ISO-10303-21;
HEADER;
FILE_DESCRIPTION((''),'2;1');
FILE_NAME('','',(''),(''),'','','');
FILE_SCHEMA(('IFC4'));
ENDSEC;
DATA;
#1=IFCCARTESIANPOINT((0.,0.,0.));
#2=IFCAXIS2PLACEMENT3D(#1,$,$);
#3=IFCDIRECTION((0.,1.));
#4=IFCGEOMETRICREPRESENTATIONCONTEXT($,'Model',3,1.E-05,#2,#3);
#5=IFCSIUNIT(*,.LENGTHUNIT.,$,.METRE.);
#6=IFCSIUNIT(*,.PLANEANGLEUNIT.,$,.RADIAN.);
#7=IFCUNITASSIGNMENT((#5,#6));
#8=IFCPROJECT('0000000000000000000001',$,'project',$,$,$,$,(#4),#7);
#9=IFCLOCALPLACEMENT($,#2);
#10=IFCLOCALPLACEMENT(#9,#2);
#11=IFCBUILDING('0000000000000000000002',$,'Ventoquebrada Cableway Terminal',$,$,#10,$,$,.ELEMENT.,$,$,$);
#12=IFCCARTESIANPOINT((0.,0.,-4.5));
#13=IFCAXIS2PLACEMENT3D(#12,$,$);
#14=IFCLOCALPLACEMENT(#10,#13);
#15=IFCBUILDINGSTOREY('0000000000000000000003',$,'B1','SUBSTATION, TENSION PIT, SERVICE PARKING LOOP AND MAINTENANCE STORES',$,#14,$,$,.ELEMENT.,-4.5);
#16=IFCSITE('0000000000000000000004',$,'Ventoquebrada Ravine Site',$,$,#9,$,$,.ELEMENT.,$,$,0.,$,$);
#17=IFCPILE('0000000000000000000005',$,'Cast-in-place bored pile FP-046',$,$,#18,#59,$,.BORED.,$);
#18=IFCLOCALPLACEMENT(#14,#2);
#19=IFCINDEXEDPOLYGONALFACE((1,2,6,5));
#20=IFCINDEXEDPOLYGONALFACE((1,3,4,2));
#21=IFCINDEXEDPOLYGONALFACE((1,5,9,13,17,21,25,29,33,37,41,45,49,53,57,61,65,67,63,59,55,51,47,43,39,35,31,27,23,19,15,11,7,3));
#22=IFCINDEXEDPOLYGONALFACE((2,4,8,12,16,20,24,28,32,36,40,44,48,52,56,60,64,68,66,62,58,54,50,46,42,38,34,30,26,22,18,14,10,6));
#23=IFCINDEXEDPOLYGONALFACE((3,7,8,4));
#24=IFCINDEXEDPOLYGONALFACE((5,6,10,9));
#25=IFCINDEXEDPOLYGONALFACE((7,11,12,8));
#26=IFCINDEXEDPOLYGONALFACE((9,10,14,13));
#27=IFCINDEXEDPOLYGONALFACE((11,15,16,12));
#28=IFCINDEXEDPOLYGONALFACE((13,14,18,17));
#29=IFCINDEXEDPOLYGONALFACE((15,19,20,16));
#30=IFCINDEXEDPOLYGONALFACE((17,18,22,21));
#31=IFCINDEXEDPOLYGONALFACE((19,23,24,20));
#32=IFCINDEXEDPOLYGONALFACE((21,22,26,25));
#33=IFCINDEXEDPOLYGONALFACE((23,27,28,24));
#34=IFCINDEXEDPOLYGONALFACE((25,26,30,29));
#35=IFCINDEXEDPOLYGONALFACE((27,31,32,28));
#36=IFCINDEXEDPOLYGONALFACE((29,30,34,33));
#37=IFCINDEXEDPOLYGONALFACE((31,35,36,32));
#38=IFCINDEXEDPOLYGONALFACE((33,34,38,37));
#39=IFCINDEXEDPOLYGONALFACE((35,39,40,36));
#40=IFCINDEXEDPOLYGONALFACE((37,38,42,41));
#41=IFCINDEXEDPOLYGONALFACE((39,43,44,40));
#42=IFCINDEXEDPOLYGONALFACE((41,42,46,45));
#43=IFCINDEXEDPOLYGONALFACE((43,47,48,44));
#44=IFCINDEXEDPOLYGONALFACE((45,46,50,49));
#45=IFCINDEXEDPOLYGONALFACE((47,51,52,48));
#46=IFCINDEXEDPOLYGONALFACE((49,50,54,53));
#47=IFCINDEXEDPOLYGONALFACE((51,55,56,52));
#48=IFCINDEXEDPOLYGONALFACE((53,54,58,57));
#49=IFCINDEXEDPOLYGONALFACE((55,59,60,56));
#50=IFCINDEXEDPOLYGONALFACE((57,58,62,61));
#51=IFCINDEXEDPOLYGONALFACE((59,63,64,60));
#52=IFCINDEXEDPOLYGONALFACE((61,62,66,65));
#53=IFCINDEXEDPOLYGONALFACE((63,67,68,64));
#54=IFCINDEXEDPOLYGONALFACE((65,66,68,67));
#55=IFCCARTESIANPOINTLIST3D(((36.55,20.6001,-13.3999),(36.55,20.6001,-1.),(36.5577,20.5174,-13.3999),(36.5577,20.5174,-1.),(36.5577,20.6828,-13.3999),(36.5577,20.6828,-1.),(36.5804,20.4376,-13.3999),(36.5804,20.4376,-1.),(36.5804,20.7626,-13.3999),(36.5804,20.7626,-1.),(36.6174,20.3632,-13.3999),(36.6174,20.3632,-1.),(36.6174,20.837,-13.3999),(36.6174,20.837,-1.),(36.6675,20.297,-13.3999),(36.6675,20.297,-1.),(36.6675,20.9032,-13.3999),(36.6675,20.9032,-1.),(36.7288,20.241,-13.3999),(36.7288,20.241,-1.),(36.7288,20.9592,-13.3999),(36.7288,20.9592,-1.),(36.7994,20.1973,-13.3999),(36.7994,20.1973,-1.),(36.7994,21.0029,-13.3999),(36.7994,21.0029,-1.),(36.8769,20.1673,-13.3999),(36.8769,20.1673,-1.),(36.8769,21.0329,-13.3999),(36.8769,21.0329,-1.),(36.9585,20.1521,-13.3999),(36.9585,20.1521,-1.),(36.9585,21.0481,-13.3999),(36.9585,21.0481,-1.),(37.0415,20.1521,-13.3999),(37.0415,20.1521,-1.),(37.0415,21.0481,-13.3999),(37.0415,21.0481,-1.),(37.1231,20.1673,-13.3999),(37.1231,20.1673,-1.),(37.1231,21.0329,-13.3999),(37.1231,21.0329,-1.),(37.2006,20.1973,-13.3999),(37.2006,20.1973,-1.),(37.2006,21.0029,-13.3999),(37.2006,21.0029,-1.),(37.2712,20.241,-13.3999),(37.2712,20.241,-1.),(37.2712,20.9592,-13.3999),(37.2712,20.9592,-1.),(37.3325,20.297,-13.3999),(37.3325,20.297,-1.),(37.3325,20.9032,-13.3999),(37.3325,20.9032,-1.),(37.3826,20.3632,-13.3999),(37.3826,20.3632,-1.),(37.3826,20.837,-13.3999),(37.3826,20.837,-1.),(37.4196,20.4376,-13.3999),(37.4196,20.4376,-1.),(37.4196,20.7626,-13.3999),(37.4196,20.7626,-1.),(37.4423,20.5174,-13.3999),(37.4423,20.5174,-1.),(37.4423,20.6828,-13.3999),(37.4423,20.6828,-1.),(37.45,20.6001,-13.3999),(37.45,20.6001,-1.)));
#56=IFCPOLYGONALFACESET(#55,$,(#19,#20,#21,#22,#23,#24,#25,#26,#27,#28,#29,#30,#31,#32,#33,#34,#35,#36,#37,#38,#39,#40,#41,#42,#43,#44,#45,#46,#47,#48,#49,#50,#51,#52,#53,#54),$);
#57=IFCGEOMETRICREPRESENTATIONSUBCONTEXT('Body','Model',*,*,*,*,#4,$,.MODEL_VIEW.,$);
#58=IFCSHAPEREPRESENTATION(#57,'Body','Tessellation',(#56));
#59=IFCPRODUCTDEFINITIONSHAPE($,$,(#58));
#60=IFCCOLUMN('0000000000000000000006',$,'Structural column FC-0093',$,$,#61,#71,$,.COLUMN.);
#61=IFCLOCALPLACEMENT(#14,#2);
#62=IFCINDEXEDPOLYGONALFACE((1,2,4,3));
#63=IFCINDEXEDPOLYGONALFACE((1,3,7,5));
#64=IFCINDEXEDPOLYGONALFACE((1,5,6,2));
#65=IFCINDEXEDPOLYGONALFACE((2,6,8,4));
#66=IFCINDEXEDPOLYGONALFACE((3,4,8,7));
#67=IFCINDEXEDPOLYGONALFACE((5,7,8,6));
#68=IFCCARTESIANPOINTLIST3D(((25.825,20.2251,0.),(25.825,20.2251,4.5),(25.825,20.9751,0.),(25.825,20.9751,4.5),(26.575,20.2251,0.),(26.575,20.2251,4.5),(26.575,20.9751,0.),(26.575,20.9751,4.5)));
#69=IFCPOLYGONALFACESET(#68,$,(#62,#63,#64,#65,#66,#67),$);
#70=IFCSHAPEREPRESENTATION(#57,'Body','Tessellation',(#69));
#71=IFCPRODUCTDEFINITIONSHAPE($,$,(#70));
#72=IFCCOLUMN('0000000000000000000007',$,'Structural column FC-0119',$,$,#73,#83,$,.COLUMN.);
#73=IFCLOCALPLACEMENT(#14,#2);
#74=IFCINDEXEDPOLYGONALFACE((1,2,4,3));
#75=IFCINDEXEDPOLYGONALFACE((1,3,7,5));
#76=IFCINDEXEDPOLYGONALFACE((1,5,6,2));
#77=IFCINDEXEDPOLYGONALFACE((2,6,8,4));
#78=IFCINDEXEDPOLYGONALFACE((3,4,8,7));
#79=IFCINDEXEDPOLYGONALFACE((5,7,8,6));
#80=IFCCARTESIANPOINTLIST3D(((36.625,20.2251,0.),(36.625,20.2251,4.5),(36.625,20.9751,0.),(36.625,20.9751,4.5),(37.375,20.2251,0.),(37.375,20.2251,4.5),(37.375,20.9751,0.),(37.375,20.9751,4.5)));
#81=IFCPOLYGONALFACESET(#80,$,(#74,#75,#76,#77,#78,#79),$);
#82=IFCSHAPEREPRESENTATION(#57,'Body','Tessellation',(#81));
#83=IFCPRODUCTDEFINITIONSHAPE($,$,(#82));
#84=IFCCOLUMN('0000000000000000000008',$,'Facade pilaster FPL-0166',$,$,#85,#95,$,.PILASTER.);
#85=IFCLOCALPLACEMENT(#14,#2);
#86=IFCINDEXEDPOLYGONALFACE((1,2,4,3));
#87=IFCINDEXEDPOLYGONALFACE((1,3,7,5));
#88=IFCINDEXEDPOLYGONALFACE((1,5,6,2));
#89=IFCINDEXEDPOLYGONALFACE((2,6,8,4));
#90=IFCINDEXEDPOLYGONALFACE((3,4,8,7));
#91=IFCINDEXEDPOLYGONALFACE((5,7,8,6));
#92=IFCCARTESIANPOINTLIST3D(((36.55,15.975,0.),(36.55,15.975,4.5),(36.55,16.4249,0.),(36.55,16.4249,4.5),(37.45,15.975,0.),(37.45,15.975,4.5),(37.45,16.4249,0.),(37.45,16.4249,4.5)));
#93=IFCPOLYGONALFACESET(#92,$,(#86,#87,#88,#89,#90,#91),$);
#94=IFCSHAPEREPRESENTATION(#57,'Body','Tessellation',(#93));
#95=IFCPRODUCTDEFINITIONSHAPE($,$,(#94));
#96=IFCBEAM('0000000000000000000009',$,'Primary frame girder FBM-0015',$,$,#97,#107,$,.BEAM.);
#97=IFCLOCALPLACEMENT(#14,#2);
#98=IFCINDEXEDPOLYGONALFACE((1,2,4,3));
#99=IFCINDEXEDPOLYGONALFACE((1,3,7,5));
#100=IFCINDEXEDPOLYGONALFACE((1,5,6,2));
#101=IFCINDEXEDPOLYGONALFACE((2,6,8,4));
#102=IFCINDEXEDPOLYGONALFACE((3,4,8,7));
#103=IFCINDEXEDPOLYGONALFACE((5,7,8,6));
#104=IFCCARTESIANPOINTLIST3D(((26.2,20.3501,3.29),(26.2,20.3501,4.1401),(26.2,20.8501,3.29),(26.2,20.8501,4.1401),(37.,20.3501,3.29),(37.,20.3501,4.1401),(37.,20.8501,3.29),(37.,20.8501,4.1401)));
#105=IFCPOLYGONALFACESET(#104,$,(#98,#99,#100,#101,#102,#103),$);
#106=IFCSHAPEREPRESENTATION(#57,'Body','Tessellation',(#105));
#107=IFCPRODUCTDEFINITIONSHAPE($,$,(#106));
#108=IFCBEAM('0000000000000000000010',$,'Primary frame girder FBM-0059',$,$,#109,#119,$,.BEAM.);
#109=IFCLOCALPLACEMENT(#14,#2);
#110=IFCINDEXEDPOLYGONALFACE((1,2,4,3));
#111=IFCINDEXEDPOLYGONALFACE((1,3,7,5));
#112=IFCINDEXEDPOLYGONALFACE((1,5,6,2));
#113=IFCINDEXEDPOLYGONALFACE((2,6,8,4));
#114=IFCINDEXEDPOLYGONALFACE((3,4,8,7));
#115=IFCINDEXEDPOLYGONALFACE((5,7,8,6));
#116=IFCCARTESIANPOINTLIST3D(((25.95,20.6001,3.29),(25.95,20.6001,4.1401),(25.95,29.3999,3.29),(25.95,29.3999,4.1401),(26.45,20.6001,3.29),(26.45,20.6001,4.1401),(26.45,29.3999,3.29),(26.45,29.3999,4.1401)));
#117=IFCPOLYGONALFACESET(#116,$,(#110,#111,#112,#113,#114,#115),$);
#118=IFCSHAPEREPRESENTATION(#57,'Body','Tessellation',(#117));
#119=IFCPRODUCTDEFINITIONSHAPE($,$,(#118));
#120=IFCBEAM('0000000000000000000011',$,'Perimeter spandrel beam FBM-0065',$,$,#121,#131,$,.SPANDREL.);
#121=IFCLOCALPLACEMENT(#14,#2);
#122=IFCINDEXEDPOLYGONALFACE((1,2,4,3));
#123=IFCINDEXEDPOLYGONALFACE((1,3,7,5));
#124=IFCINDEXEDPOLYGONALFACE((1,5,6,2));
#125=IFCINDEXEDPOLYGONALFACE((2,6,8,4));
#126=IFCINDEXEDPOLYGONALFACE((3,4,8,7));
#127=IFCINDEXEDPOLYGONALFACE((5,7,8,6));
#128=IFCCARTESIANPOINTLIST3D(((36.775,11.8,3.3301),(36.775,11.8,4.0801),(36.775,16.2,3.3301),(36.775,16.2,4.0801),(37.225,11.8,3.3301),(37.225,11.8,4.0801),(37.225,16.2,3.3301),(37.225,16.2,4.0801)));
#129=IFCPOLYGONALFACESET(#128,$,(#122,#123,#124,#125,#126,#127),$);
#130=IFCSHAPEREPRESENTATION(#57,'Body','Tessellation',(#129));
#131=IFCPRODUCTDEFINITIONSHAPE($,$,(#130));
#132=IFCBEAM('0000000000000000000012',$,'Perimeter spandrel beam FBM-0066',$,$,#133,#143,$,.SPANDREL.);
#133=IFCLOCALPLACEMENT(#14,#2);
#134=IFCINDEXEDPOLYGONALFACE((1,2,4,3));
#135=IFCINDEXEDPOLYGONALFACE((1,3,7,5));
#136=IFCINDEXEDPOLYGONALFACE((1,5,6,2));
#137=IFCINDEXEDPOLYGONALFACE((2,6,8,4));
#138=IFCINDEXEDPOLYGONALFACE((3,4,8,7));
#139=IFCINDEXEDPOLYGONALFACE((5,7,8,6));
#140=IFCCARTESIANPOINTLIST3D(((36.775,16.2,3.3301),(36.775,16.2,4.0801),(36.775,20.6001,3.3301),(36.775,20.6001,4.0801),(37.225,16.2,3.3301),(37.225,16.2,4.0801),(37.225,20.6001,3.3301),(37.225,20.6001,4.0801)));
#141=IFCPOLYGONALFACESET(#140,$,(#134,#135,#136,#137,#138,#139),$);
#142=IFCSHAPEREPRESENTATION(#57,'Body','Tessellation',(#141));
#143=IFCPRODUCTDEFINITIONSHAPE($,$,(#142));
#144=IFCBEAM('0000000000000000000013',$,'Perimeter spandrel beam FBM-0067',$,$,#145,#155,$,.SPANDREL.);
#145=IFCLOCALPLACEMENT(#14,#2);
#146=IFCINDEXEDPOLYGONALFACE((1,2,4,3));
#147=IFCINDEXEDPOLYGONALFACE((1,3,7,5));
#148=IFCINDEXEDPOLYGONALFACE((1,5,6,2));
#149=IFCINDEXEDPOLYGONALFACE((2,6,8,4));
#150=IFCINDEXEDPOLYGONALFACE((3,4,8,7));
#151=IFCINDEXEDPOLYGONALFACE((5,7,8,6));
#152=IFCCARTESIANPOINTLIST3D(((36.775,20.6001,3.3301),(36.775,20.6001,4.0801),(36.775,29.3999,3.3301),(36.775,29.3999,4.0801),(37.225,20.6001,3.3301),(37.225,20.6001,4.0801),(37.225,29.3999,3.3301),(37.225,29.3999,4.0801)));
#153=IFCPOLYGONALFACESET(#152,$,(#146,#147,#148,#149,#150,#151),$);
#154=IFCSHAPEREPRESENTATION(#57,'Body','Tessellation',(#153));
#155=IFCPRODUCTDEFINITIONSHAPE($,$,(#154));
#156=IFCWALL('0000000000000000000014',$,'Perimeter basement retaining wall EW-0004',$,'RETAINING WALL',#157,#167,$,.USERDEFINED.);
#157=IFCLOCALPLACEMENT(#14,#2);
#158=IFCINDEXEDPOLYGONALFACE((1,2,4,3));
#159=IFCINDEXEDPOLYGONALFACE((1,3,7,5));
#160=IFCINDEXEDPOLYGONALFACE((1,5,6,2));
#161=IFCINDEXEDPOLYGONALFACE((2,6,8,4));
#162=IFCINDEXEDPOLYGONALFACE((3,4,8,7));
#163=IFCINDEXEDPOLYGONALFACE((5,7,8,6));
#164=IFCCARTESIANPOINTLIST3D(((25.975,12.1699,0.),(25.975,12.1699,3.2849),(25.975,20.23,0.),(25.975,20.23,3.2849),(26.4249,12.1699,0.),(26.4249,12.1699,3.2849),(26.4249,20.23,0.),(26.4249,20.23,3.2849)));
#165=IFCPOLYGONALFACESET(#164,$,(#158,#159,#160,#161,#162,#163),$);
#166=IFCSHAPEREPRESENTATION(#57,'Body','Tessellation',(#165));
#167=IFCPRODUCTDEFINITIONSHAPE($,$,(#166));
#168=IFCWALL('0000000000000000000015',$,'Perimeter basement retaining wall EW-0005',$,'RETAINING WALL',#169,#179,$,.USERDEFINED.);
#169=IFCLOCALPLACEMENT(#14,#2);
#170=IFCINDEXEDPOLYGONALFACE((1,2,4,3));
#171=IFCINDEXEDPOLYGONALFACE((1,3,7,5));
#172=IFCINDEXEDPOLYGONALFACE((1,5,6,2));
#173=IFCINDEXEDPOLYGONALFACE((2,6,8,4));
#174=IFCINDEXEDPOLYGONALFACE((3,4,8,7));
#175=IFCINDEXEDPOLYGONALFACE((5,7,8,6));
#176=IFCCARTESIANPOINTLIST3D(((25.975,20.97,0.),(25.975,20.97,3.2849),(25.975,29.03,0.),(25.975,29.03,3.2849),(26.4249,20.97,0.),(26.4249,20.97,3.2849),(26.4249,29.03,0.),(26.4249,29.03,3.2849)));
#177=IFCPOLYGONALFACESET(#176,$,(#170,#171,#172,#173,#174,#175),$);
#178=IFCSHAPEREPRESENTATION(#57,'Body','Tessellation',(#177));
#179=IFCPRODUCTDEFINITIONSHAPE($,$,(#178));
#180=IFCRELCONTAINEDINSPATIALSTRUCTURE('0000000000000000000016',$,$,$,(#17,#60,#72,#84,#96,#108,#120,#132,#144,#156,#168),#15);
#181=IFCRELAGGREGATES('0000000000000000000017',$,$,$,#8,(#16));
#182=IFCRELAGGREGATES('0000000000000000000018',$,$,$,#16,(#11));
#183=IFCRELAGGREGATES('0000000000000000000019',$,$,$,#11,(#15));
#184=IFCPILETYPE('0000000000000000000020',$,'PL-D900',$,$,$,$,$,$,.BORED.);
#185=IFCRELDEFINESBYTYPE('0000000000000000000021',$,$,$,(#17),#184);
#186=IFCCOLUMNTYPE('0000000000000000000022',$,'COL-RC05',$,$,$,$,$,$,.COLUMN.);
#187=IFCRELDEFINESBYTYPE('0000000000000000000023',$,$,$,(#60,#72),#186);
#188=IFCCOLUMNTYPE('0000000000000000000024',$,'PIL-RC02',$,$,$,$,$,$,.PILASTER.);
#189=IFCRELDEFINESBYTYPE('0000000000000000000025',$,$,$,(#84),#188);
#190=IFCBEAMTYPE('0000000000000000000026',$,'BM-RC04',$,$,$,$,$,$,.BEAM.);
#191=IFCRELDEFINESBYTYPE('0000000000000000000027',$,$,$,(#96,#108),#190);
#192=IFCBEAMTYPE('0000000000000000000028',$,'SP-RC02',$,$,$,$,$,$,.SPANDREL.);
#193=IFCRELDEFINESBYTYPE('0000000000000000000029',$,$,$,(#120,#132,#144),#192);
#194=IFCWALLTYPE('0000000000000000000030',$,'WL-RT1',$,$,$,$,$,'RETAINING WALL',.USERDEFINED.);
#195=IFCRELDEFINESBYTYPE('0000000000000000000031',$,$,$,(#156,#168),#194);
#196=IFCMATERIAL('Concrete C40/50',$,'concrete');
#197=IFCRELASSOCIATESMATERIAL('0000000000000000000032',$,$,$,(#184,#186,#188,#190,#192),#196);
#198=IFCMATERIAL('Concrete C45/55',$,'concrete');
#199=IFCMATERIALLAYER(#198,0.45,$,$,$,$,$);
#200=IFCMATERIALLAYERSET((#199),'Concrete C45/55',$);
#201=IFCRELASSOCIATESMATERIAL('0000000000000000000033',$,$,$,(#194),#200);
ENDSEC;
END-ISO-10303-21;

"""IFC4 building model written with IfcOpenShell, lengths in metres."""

from ifc_helpers import new_model, si_unit, direction, frame, frame_2d, origin, origin_2d, place, context, subcontext, project, spatial, rectangle, circle, extrude, material, layer, layer_set, material_profile, profile_set, type_object, element, save


model = new_model("IFC4")

# Units and contexts
model_context = context("Model", 3, precision=1e-05, world=origin(), true_north=direction((0.0, 1.0)))
body_context = subcontext(model_context, "Body", "Model", "MODEL_VIEW")
ifc_project = project(units=[si_unit("LENGTHUNIT", "METRE"), si_unit("PLANEANGLEUNIT", "RADIAN")], contexts=[model_context])

# Site, building, storey
site_placement = place(None, origin())
site = spatial("IfcSite", under=ifc_project, at=site_placement, Name="Ventoquebrada Ravine Site", CompositionType="ELEMENT", RefElevation=0.0)
building_placement = place(site_placement, origin())
building = spatial("IfcBuilding", under=site, at=building_placement, Name="Ventoquebrada Cableway Terminal", CompositionType="ELEMENT")
storey_placement = place(building_placement, frame((0.0, 0.0, -4.5)))
storey = spatial("IfcBuildingStorey", under=building, at=storey_placement, Name="B1", Description="SUBSTATION, TENSION PIT, SERVICE PARKING LOOP AND MAINTENANCE STORES", CompositionType="ELEMENT", Elevation=-4.5)

# Shared definitions
ifc_material_1 = material(Name="Concrete C40/50", Category="concrete")

# Pile
ifc_material_profile_1 = material_profile(ifc_material_1, circle(Radius=0.45, at=origin_2d()), Name="PILE-D900")
ifc_profile_set_1 = profile_set([ifc_material_profile_1], Name="Concrete C40/50")
pile_type = type_object("IfcPileType", Name="PL-D900", PredefinedType="BORED", material=ifc_profile_set_1)
pile_1_placement = place(storey_placement, frame((37.0, 20.6001, -1.0), z_axis=(0.0, 0.0, -1.0), x_axis=(1.0, 0.0, 0.0)))
element("IfcPile", 1, at=pile_1_placement, inside=storey, type_object=pile_type, Name="Cast-in-place bored pile FP-046", PredefinedType="BORED", context=body_context, shape_type="SweptSolid", body=[
    extrude(circle(Radius=0.45, at=origin_2d()), origin(), (0.0, 0.0, 1.0), 12.3999),
])

# Columns
ifc_material_profile_2 = material_profile(ifc_material_1, rectangle(XDim=0.75, YDim=0.75, at=origin_2d()), Name="RC-COL-750X750")
ifc_profile_set_2 = profile_set([ifc_material_profile_2], Name="Concrete C40/50")
column_type_1 = type_object("IfcColumnType", Name="COL-RC05", PredefinedType="COLUMN", material=ifc_profile_set_2)
for number, where, z_axis, x_axis, name in (
    (2, (26.2, 20.6001, 0.0), (0.0, 0.0, 1.0), (1.0, 0.0, 0.0), "Structural column FC-0093"),
    (3, (37.0, 20.6001, 0.0), (0.0, 0.0, 1.0), (1.0, 0.0, 0.0), "Structural column FC-0119"),
):
    element("IfcColumn", number, at=place(storey_placement, frame(where, z_axis=z_axis, x_axis=x_axis)), inside=storey, type_object=column_type_1, Name=name, PredefinedType="COLUMN", context=body_context, shape_type="SweptSolid", body=[
        extrude(rectangle(XDim=0.75, YDim=0.75, at=origin_2d()), origin(), (0.0, 0.0, 1.0), 4.5),
    ])
ifc_material_profile_3 = material_profile(ifc_material_1, rectangle(XDim=0.45, YDim=0.8999, at=origin_2d()), Name="RC-PIL-450X900")
ifc_profile_set_3 = profile_set([ifc_material_profile_3], Name="Concrete C40/50")
column_type_2 = type_object("IfcColumnType", Name="PIL-RC02", PredefinedType="PILASTER", material=ifc_profile_set_3)
column_placement = place(storey_placement, frame((37.0, 16.2, 0.0), z_axis=(0.0, 0.0, 1.0), x_axis=(0.0, 1.0, 0.0)))
element("IfcColumn", 4, at=column_placement, inside=storey, type_object=column_type_2, Name="Facade pilaster FPL-0166", PredefinedType="PILASTER", context=body_context, shape_type="SweptSolid", body=[
    extrude(rectangle(XDim=0.45, YDim=0.8999, at=origin_2d()), origin(), (0.0, 0.0, 1.0), 4.5),
])

# Beams
ifc_material_profile_4 = material_profile(ifc_material_1, rectangle(XDim=0.5, YDim=0.8501, at=origin_2d()), Name="RC-BM-500X850")
ifc_profile_set_4 = profile_set([ifc_material_profile_4], Name="Concrete C40/50")
beam_type_1 = type_object("IfcBeamType", Name="BM-RC04", PredefinedType="BEAM", material=ifc_profile_set_4)
beam_1_placement = place(storey_placement, frame((26.2, 20.6001, 3.7151), z_axis=(1.0, 0.0, 0.0), x_axis=(0.0, 1.0, 0.0)))
element("IfcBeam", 5, at=beam_1_placement, inside=storey, type_object=beam_type_1, Name="Primary frame girder FBM-0015", PredefinedType="BEAM", context=body_context, shape_type="SweptSolid", body=[
    extrude(rectangle(XDim=0.5, YDim=0.8501, at=origin_2d()), origin(), (0.0, 0.0, 1.0), 10.8),
])
beam_2_placement = place(storey_placement, frame((26.2, 20.6001, 3.7151), z_axis=(0.0, 1.0, 0.0), x_axis=(-1.0, 0.0, 0.0)))
element("IfcBeam", 6, at=beam_2_placement, inside=storey, type_object=beam_type_1, Name="Primary frame girder FBM-0059", PredefinedType="BEAM", context=body_context, shape_type="SweptSolid", body=[
    extrude(rectangle(XDim=0.5, YDim=0.8501, at=origin_2d()), origin(), (0.0, 0.0, 1.0), 8.7998),
])
ifc_material_profile_5 = material_profile(ifc_material_1, rectangle(XDim=0.45, YDim=0.75, at=origin_2d()), Name="RC-BM-450X750")
ifc_profile_set_5 = profile_set([ifc_material_profile_5], Name="Concrete C40/50")
beam_type_2 = type_object("IfcBeamType", Name="SP-RC02", PredefinedType="SPANDREL", material=ifc_profile_set_5)
beam_3_placement = place(storey_placement, frame((37.0, 11.8, 3.7051), z_axis=(0.0, 1.0, 0.0), x_axis=(-1.0, 0.0, 0.0)))
element("IfcBeam", 7, at=beam_3_placement, inside=storey, type_object=beam_type_2, Name="Perimeter spandrel beam FBM-0065", PredefinedType="SPANDREL", context=body_context, shape_type="SweptSolid", body=[
    extrude(rectangle(XDim=0.45, YDim=0.75, at=origin_2d()), origin(), (0.0, 0.0, 1.0), 4.3999),
])
beam_4_placement = place(storey_placement, frame((37.0, 16.2, 3.7051), z_axis=(0.0, 1.0, 0.0), x_axis=(-1.0, 0.0, 0.0)))
element("IfcBeam", 8, at=beam_4_placement, inside=storey, type_object=beam_type_2, Name="Perimeter spandrel beam FBM-0066", PredefinedType="SPANDREL", context=body_context, shape_type="SweptSolid", body=[
    extrude(rectangle(XDim=0.45, YDim=0.75, at=origin_2d()), origin(), (0.0, 0.0, 1.0), 4.4001),
])
beam_5_placement = place(storey_placement, frame((37.0, 20.6001, 3.7051), z_axis=(0.0, 1.0, 0.0), x_axis=(-1.0, 0.0, 0.0)))
element("IfcBeam", 9, at=beam_5_placement, inside=storey, type_object=beam_type_2, Name="Perimeter spandrel beam FBM-0067", PredefinedType="SPANDREL", context=body_context, shape_type="SweptSolid", body=[
    extrude(rectangle(XDim=0.45, YDim=0.75, at=origin_2d()), origin(), (0.0, 0.0, 1.0), 8.7998),
])

# Walls
ifc_material_2 = material(Name="Concrete C45/55", Category="concrete")
ifc_layer = layer(ifc_material_2, 0.45)
ifc_layer_set = layer_set([ifc_layer], Name="Concrete C45/55")
wall_type = type_object("IfcWallType", Name="WL-RT1", ElementType="RETAINING WALL", PredefinedType="USERDEFINED", material=ifc_layer_set)
for number, where, z_axis, x_axis, name in (
    (10, (26.2, 12.1699, 0.0), (0.0, 0.0, 1.0), (0.0, 1.0, 0.0), "Perimeter basement retaining wall EW-0004"),
    (11, (26.2, 20.97, 0.0), (0.0, 0.0, 1.0), (0.0, 1.0, 0.0), "Perimeter basement retaining wall EW-0005"),
):
    element("IfcWall", number, at=place(storey_placement, frame(where, z_axis=z_axis, x_axis=x_axis)), inside=storey, type_object=wall_type, Name=name, ObjectType="RETAINING WALL", PredefinedType="USERDEFINED", context=body_context, shape_type="SweptSolid", body=[
        extrude(rectangle(XDim=8.0601, YDim=0.45, at=frame_2d((4.03, 0.0))), origin(), (0.0, 0.0, 1.0), 3.2849),
    ])

save(model, "model.ifc")
